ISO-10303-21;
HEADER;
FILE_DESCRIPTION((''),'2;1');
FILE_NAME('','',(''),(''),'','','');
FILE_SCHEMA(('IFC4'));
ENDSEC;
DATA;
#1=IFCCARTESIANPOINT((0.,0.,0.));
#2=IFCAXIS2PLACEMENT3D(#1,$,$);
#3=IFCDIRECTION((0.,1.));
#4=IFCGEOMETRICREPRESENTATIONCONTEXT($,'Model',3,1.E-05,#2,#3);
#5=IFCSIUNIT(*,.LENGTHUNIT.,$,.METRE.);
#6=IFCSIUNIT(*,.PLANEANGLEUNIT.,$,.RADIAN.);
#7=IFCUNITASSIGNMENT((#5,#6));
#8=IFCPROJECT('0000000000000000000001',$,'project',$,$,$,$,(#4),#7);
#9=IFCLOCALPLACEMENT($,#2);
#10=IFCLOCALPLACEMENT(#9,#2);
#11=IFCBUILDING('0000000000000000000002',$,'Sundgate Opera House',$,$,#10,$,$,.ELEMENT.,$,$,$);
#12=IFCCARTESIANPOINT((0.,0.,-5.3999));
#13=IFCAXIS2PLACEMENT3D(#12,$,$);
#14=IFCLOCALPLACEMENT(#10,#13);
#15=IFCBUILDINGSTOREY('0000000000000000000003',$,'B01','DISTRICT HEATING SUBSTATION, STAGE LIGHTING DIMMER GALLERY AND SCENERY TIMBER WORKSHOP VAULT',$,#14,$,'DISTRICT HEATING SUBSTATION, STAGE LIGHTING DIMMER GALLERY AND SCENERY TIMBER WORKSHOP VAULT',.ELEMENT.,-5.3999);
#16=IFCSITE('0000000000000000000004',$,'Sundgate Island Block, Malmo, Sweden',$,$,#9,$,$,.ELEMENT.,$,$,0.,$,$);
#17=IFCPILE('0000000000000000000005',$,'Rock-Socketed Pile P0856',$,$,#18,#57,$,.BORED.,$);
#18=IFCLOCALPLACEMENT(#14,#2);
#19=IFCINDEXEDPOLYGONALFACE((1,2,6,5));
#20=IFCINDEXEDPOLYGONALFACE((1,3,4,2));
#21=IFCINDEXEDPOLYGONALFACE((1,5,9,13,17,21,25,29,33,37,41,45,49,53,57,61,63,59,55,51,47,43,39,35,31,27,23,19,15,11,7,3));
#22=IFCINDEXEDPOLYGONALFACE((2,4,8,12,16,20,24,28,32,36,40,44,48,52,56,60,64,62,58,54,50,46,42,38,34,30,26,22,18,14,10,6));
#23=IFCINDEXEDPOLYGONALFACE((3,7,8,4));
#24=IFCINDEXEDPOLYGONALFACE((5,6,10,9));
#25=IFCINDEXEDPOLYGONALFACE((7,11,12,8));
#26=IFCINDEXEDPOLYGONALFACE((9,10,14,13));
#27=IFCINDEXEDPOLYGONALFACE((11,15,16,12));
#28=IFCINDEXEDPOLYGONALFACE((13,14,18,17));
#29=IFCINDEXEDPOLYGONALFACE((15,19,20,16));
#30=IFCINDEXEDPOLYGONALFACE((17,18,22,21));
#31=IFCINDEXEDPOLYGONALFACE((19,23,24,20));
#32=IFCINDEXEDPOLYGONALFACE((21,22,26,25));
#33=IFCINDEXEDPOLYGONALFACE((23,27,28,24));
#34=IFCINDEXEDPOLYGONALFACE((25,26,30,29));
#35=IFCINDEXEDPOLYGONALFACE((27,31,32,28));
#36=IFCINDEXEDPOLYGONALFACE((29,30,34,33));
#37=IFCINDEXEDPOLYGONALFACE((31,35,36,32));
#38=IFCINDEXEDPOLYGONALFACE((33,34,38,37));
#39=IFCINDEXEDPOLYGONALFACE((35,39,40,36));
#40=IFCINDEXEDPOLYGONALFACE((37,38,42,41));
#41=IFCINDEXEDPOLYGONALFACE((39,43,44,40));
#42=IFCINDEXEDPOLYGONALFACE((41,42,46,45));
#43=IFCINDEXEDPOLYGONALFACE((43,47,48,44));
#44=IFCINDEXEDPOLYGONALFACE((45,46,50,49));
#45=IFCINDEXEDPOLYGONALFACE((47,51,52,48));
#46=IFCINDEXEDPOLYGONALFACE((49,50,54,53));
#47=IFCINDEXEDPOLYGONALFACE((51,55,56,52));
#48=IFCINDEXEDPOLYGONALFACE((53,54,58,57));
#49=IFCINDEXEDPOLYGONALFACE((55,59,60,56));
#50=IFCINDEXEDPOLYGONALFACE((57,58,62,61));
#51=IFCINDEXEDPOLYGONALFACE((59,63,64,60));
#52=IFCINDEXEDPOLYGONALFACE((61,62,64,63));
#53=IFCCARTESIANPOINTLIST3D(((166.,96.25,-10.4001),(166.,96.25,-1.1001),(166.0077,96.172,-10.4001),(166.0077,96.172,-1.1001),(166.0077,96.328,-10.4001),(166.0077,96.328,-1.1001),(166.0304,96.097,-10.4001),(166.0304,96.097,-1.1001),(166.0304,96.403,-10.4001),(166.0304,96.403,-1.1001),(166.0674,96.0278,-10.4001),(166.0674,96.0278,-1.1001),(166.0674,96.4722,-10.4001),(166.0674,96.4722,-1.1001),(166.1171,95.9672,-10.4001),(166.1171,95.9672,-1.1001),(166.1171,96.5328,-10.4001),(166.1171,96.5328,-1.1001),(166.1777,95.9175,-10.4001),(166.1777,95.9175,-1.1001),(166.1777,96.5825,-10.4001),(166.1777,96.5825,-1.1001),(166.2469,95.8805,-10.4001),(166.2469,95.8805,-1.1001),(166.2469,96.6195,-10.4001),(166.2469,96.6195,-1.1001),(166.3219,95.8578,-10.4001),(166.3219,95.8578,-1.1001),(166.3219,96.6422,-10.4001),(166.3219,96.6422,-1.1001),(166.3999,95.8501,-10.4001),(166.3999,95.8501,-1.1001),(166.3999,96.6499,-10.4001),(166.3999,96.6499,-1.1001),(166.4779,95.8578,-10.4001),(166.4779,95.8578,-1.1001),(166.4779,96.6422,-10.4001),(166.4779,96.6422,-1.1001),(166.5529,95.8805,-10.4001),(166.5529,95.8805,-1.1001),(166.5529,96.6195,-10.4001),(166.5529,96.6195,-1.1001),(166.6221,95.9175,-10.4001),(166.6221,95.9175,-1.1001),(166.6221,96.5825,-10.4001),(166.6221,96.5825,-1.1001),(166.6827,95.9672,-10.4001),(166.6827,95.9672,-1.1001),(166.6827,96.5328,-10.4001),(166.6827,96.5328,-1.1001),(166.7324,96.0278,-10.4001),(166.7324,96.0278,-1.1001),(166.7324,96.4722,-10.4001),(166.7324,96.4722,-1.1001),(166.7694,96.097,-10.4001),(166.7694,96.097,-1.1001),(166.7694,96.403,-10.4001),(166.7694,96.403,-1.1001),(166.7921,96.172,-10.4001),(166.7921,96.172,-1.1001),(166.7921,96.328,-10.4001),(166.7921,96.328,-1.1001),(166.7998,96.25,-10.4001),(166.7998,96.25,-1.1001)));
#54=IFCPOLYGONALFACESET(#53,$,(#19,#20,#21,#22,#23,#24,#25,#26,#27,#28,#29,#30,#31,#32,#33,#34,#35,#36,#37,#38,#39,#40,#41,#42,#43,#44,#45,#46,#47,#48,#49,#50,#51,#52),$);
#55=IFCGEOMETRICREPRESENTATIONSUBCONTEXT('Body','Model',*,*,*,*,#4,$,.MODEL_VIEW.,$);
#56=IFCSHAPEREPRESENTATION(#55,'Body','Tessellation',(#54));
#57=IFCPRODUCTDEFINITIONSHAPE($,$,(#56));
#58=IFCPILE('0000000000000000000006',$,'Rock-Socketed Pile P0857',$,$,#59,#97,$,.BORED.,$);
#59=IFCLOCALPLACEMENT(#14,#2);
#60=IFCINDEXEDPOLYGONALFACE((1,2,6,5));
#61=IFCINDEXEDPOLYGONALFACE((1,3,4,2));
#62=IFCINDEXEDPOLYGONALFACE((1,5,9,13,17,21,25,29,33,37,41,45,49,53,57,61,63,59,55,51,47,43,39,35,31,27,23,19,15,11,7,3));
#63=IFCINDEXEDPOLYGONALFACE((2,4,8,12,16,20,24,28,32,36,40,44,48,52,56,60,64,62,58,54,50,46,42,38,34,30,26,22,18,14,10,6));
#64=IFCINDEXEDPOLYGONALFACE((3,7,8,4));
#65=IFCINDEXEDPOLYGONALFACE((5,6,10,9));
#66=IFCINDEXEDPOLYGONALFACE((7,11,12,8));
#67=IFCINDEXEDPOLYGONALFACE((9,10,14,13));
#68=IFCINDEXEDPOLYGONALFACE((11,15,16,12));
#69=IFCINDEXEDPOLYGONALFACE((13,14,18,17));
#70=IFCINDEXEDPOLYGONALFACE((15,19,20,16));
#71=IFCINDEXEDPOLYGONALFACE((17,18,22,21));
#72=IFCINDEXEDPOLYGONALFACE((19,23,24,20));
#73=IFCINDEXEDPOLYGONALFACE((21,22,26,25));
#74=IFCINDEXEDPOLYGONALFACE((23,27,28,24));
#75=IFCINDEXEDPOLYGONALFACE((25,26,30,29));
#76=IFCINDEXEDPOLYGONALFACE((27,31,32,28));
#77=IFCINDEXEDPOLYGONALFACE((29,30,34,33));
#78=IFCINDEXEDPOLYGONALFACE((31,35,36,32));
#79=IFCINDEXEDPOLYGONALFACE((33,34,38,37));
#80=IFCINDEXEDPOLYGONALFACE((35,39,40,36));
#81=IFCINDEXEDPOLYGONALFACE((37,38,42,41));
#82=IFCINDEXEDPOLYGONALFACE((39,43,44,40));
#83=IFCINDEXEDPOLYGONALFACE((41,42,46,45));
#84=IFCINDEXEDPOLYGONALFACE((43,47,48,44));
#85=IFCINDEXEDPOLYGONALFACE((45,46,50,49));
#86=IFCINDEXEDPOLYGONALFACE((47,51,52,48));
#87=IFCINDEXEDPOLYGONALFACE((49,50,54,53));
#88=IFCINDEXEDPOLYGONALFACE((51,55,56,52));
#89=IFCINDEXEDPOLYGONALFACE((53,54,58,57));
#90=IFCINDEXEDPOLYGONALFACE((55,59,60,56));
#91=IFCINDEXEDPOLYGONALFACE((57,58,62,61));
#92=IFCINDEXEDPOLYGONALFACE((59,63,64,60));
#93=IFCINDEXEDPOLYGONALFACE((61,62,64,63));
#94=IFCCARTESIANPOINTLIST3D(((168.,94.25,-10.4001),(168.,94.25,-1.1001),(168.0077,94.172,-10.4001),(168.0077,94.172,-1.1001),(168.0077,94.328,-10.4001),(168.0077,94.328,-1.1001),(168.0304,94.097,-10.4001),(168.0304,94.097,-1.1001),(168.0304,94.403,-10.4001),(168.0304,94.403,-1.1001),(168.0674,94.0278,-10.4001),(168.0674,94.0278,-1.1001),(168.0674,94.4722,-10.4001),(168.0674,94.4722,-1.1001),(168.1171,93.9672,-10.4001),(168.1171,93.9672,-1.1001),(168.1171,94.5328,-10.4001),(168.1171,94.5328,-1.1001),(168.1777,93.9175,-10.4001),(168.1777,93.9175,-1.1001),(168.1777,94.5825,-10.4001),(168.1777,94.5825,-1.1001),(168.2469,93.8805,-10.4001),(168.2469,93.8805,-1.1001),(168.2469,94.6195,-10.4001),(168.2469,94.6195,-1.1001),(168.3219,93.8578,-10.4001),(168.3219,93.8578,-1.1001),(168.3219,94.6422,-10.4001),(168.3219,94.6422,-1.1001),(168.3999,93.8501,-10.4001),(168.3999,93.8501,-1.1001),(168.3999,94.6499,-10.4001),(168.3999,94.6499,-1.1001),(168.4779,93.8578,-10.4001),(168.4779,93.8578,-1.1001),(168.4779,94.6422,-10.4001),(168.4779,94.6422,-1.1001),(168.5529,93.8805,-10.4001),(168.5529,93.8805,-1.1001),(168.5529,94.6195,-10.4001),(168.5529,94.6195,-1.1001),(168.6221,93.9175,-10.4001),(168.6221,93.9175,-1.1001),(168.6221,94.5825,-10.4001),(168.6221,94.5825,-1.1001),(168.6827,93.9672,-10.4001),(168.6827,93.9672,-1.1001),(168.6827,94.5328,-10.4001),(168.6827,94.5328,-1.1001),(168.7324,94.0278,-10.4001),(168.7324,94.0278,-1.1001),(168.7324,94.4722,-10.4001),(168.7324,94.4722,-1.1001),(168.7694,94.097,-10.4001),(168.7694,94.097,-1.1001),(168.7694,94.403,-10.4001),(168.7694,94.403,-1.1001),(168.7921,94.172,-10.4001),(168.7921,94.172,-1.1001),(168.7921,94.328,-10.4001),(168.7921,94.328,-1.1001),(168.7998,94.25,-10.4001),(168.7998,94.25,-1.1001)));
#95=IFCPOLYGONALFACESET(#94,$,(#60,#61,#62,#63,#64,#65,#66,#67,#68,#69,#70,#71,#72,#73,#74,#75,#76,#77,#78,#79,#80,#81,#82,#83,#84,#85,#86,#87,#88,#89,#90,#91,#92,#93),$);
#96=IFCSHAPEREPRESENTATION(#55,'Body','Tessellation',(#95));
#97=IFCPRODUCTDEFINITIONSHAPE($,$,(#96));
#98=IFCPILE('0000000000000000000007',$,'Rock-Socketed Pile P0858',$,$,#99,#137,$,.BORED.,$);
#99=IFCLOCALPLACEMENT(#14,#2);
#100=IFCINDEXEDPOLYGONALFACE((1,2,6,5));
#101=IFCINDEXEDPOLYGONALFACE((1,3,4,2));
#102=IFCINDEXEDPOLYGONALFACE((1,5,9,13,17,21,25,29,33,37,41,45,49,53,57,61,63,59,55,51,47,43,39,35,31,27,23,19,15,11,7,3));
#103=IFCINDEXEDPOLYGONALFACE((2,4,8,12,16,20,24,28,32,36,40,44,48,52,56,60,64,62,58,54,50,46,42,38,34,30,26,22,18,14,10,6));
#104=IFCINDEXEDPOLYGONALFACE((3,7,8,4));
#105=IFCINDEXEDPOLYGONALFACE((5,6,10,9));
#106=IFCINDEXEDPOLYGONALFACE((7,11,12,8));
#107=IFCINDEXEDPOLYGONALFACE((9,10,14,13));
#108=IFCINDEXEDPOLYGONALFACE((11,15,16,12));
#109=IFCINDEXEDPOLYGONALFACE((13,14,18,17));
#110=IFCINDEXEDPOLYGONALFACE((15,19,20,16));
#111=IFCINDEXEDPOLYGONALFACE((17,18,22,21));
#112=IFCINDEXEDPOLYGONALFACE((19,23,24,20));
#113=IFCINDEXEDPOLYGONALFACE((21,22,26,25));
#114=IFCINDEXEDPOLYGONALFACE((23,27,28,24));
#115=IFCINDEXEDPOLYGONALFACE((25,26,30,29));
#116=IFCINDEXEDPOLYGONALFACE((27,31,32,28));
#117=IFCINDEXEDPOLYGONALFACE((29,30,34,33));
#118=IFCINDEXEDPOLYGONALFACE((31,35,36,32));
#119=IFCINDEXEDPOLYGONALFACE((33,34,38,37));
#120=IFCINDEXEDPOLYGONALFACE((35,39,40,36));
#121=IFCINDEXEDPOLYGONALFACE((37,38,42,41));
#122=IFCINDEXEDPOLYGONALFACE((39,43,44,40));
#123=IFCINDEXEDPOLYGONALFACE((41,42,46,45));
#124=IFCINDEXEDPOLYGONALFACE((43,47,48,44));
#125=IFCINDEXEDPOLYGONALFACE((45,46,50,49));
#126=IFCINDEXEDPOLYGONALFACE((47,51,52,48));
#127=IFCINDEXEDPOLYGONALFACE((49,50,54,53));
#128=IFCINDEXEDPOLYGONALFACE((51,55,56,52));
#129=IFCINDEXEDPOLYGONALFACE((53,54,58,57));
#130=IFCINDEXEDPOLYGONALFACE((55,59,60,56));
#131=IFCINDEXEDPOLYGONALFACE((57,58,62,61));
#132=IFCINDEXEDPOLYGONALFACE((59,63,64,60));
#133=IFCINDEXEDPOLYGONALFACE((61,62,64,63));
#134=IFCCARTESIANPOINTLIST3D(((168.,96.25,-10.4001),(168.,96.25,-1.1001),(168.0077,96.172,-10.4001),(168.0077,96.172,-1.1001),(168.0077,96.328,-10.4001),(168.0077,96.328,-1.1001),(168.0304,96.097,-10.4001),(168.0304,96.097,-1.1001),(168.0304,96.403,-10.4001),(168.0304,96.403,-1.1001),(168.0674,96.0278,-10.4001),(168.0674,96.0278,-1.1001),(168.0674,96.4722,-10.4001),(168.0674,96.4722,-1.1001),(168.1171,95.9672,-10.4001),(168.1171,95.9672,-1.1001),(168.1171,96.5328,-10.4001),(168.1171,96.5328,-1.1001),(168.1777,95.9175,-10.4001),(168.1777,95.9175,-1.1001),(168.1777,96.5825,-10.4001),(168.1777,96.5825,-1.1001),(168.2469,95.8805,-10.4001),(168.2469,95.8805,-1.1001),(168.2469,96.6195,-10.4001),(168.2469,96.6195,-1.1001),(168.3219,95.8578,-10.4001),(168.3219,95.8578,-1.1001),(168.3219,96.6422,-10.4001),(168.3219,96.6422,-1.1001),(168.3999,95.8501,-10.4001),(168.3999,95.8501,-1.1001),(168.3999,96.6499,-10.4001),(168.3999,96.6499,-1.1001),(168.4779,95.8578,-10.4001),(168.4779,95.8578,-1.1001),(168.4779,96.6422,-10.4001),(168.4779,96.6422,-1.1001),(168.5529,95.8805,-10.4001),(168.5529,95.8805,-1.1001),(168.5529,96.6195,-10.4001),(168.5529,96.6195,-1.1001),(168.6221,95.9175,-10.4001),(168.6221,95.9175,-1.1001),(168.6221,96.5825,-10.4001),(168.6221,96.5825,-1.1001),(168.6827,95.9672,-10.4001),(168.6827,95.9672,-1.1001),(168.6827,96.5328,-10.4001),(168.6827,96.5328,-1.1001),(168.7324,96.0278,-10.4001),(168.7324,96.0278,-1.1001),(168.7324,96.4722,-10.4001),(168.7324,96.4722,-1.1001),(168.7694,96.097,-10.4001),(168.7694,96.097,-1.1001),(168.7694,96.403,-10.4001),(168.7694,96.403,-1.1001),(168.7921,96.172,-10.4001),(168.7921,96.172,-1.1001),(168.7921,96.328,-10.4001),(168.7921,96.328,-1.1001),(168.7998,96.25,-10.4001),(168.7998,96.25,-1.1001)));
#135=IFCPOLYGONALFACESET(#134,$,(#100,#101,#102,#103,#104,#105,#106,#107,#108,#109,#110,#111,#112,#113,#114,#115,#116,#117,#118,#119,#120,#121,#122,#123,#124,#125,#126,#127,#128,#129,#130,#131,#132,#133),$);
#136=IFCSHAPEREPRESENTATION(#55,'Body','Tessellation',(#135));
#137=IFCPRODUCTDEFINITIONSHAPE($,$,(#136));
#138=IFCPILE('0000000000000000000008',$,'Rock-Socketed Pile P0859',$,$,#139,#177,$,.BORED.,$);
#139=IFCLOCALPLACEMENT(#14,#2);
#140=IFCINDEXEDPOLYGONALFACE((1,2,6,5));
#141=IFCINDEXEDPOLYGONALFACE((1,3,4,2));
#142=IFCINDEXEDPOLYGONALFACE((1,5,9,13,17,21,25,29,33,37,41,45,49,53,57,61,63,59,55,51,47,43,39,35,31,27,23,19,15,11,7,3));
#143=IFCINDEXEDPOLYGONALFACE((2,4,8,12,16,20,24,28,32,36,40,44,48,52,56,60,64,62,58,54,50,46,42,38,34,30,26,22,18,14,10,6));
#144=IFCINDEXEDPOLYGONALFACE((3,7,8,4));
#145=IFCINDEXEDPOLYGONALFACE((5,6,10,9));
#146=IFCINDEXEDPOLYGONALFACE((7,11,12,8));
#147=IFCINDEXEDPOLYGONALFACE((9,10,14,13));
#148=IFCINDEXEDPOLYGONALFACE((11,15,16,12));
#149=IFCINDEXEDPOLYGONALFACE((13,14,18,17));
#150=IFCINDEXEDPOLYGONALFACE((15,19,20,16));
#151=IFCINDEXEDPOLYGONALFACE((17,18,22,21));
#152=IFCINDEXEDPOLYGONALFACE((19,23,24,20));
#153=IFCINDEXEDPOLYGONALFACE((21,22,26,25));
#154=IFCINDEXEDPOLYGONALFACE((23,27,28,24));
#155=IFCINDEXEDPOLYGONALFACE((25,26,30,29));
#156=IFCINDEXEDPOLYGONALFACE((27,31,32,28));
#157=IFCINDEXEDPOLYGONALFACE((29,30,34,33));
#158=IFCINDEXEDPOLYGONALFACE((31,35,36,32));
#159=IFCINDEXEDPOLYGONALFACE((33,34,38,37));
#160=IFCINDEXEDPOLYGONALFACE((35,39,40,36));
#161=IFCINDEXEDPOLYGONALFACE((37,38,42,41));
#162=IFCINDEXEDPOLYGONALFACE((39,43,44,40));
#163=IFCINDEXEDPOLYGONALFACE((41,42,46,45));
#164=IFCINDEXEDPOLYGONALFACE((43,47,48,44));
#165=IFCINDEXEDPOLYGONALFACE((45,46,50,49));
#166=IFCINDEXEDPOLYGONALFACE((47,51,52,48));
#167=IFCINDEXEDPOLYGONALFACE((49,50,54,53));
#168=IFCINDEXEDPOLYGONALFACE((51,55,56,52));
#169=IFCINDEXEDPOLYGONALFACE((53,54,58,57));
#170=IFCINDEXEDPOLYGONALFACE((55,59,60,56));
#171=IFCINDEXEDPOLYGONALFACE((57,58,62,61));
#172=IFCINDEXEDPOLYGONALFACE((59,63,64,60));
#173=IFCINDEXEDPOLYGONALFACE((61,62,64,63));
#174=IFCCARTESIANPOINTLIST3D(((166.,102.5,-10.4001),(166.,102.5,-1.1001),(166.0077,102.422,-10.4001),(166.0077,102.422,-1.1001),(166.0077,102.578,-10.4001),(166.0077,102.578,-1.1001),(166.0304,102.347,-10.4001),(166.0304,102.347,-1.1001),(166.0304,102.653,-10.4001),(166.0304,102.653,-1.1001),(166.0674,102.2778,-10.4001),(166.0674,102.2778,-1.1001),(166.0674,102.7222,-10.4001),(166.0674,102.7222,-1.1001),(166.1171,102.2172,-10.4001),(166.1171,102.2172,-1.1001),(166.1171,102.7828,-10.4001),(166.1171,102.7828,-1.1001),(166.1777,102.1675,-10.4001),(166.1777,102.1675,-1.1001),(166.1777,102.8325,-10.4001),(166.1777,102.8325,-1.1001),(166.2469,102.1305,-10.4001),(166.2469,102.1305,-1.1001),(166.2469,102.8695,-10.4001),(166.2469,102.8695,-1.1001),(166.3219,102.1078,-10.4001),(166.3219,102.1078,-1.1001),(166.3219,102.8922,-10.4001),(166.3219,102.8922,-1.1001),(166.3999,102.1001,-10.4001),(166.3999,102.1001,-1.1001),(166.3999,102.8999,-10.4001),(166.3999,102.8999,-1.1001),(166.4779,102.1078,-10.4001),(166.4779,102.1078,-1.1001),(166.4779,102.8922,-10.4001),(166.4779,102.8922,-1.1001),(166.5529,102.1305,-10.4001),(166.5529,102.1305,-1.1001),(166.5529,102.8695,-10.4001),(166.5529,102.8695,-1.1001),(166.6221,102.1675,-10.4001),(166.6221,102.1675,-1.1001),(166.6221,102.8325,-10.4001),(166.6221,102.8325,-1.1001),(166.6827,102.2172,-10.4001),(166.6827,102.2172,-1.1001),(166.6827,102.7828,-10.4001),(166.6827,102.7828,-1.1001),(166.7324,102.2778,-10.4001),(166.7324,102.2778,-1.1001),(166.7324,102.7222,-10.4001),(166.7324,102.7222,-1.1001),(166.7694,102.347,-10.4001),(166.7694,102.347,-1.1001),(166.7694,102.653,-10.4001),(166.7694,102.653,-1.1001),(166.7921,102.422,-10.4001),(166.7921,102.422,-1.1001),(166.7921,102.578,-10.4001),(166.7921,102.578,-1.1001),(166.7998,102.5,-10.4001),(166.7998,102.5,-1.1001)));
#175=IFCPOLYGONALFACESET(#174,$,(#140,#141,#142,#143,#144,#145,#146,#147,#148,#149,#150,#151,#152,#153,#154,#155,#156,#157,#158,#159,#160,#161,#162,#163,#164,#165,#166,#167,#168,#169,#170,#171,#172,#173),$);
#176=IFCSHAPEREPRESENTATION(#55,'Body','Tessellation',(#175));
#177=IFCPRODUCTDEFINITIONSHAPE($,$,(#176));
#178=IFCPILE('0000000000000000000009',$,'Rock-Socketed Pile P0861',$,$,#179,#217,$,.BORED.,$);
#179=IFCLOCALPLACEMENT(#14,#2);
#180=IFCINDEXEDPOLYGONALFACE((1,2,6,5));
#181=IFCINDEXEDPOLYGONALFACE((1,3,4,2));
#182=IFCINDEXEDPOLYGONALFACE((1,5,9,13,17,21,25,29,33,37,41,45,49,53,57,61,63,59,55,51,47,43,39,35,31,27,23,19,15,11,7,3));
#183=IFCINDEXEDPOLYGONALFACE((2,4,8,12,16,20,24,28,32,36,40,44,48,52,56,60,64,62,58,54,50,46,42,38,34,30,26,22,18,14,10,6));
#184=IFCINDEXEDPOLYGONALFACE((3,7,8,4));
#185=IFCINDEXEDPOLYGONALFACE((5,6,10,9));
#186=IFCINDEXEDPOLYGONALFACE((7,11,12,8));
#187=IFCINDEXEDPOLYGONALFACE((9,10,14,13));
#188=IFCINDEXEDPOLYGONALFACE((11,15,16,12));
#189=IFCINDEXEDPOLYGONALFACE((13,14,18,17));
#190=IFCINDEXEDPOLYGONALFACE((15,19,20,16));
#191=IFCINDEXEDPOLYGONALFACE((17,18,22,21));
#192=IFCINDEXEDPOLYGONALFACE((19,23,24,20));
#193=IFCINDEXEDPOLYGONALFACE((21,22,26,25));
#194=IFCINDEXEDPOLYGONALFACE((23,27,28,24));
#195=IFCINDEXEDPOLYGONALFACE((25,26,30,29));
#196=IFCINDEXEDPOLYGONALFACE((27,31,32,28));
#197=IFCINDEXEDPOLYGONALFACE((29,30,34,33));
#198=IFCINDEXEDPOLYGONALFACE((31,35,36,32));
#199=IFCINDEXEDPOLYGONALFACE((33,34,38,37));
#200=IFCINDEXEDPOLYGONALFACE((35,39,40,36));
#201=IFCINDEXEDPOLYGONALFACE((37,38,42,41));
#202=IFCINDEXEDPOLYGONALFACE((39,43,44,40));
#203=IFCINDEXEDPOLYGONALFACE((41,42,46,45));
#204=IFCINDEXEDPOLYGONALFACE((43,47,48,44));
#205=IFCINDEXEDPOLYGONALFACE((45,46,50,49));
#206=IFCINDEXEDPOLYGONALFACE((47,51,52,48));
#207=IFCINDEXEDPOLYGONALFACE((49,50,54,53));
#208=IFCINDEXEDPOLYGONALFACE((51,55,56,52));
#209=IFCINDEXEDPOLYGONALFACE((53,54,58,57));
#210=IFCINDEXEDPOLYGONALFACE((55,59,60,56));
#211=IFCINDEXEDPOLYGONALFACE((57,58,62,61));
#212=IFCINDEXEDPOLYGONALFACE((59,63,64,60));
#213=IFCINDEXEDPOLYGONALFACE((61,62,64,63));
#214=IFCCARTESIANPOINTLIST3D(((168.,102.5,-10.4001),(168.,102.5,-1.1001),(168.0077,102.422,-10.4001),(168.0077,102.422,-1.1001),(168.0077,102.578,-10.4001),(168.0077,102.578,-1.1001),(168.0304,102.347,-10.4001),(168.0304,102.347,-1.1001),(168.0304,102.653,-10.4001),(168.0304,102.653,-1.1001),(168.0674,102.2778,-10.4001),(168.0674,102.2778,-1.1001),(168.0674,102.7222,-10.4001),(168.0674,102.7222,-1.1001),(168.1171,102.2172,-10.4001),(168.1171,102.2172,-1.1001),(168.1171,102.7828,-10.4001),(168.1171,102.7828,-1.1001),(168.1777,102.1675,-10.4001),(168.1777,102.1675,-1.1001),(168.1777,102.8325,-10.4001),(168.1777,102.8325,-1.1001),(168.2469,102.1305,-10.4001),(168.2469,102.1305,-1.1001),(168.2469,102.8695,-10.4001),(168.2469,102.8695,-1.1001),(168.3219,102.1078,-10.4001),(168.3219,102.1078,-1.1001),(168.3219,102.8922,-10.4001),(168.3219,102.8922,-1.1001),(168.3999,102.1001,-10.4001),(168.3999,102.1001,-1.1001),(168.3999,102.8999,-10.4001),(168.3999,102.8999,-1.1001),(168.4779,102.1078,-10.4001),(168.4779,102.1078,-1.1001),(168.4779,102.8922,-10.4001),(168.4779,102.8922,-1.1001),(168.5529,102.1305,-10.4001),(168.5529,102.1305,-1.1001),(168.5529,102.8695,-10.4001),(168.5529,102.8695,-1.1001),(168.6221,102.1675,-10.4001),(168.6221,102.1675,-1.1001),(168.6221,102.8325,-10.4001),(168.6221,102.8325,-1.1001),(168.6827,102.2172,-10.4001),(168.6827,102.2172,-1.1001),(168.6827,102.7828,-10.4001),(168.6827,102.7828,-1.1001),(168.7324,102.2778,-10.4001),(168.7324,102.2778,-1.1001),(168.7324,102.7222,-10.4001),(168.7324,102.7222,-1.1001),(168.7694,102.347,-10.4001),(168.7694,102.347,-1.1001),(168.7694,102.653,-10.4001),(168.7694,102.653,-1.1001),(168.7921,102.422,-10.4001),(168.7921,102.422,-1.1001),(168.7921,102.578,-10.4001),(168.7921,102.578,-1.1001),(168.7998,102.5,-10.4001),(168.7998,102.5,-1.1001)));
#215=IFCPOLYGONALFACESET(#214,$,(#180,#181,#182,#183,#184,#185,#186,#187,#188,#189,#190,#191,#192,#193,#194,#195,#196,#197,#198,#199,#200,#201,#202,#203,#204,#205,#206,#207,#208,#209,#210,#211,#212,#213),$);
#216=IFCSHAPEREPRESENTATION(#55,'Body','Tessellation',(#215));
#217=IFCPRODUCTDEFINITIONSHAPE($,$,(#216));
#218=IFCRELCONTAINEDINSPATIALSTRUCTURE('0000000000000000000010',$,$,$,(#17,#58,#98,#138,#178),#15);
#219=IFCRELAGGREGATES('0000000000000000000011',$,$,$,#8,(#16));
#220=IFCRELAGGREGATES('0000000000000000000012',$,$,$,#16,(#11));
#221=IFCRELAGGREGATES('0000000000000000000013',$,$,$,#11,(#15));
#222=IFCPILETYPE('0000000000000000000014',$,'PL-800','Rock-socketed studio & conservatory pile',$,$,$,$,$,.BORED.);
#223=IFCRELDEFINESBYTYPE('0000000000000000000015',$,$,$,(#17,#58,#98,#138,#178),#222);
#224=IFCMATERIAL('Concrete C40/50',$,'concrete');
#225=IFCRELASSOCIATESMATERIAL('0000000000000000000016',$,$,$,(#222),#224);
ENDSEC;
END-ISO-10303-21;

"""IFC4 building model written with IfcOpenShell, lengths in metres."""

from ifc_helpers import new_model, si_unit, direction, frame, origin, origin_2d, place, context, subcontext, project, spatial, circle, extrude, material, material_profile, profile_set, type_object, element, save


model = new_model("IFC4")

# Units and contexts
model_context = context("Model", 3, precision=1e-05, world=origin(), true_north=direction((0.0, 1.0)))
body_context = subcontext(model_context, "Body", "Model", "MODEL_VIEW")
ifc_project = project(units=[si_unit("LENGTHUNIT", "METRE"), si_unit("PLANEANGLEUNIT", "RADIAN")], contexts=[model_context])

# Site, building, storey
site_placement = place(None, origin())
site = spatial("IfcSite", under=ifc_project, at=site_placement, Name="Sundgate Island Block, Malmo, Sweden", CompositionType="ELEMENT", RefElevation=0.0)
building_placement = place(site_placement, origin())
building = spatial("IfcBuilding", under=site, at=building_placement, Name="Sundgate Opera House", CompositionType="ELEMENT")
storey_placement = place(building_placement, frame((0.0, 0.0, -5.3999)))
storey = spatial("IfcBuildingStorey", under=building, at=storey_placement, Name="B01", Description="DISTRICT HEATING SUBSTATION, STAGE LIGHTING DIMMER GALLERY AND SCENERY TIMBER WORKSHOP VAULT", LongName="DISTRICT HEATING SUBSTATION, STAGE LIGHTING DIMMER GALLERY AND SCENERY TIMBER WORKSHOP VAULT", CompositionType="ELEMENT", Elevation=-5.3999)

# Piles
ifc_material_1 = material(Name="Concrete C40/50", Category="concrete")
ifc_material_profile_1 = material_profile(ifc_material_1, circle(Radius=0.3999, at=origin_2d()), Name="PILE D800")
ifc_profile_set_1 = profile_set([ifc_material_profile_1], Name="Concrete C40/50")
pile_type = type_object("IfcPileType", Name="PL-800", Description="Rock-socketed studio & conservatory pile", PredefinedType="BORED", material=ifc_profile_set_1)
for number, where, z_axis, x_axis, name in (
    (1, (166.3999, 96.25, -1.1001), (0.0, 0.0, -1.0), (1.0, 0.0, 0.0), "Rock-Socketed Pile P0856"),
    (2, (168.3999, 94.25, -1.1001), (0.0, 0.0, -1.0), (1.0, 0.0, 0.0), "Rock-Socketed Pile P0857"),
    (3, (168.3999, 96.25, -1.1001), (0.0, 0.0, -1.0), (1.0, 0.0, 0.0), "Rock-Socketed Pile P0858"),
    (4, (166.3999, 102.5, -1.1001), (0.0, 0.0, -1.0), (1.0, 0.0, 0.0), "Rock-Socketed Pile P0859"),
    (5, (168.3999, 102.5, -1.1001), (0.0, 0.0, -1.0), (1.0, 0.0, 0.0), "Rock-Socketed Pile P0861"),
):
    element("IfcPile", number, at=place(storey_placement, frame(where, z_axis=z_axis, x_axis=x_axis)), inside=storey, type_object=pile_type, Name=name, PredefinedType="BORED", context=body_context, shape_type="SweptSolid", body=[
        extrude(circle(Radius=0.3999, at=origin_2d()), origin(), (0.0, 0.0, 1.0), 9.3),
    ])

save(model, "model.ifc")
